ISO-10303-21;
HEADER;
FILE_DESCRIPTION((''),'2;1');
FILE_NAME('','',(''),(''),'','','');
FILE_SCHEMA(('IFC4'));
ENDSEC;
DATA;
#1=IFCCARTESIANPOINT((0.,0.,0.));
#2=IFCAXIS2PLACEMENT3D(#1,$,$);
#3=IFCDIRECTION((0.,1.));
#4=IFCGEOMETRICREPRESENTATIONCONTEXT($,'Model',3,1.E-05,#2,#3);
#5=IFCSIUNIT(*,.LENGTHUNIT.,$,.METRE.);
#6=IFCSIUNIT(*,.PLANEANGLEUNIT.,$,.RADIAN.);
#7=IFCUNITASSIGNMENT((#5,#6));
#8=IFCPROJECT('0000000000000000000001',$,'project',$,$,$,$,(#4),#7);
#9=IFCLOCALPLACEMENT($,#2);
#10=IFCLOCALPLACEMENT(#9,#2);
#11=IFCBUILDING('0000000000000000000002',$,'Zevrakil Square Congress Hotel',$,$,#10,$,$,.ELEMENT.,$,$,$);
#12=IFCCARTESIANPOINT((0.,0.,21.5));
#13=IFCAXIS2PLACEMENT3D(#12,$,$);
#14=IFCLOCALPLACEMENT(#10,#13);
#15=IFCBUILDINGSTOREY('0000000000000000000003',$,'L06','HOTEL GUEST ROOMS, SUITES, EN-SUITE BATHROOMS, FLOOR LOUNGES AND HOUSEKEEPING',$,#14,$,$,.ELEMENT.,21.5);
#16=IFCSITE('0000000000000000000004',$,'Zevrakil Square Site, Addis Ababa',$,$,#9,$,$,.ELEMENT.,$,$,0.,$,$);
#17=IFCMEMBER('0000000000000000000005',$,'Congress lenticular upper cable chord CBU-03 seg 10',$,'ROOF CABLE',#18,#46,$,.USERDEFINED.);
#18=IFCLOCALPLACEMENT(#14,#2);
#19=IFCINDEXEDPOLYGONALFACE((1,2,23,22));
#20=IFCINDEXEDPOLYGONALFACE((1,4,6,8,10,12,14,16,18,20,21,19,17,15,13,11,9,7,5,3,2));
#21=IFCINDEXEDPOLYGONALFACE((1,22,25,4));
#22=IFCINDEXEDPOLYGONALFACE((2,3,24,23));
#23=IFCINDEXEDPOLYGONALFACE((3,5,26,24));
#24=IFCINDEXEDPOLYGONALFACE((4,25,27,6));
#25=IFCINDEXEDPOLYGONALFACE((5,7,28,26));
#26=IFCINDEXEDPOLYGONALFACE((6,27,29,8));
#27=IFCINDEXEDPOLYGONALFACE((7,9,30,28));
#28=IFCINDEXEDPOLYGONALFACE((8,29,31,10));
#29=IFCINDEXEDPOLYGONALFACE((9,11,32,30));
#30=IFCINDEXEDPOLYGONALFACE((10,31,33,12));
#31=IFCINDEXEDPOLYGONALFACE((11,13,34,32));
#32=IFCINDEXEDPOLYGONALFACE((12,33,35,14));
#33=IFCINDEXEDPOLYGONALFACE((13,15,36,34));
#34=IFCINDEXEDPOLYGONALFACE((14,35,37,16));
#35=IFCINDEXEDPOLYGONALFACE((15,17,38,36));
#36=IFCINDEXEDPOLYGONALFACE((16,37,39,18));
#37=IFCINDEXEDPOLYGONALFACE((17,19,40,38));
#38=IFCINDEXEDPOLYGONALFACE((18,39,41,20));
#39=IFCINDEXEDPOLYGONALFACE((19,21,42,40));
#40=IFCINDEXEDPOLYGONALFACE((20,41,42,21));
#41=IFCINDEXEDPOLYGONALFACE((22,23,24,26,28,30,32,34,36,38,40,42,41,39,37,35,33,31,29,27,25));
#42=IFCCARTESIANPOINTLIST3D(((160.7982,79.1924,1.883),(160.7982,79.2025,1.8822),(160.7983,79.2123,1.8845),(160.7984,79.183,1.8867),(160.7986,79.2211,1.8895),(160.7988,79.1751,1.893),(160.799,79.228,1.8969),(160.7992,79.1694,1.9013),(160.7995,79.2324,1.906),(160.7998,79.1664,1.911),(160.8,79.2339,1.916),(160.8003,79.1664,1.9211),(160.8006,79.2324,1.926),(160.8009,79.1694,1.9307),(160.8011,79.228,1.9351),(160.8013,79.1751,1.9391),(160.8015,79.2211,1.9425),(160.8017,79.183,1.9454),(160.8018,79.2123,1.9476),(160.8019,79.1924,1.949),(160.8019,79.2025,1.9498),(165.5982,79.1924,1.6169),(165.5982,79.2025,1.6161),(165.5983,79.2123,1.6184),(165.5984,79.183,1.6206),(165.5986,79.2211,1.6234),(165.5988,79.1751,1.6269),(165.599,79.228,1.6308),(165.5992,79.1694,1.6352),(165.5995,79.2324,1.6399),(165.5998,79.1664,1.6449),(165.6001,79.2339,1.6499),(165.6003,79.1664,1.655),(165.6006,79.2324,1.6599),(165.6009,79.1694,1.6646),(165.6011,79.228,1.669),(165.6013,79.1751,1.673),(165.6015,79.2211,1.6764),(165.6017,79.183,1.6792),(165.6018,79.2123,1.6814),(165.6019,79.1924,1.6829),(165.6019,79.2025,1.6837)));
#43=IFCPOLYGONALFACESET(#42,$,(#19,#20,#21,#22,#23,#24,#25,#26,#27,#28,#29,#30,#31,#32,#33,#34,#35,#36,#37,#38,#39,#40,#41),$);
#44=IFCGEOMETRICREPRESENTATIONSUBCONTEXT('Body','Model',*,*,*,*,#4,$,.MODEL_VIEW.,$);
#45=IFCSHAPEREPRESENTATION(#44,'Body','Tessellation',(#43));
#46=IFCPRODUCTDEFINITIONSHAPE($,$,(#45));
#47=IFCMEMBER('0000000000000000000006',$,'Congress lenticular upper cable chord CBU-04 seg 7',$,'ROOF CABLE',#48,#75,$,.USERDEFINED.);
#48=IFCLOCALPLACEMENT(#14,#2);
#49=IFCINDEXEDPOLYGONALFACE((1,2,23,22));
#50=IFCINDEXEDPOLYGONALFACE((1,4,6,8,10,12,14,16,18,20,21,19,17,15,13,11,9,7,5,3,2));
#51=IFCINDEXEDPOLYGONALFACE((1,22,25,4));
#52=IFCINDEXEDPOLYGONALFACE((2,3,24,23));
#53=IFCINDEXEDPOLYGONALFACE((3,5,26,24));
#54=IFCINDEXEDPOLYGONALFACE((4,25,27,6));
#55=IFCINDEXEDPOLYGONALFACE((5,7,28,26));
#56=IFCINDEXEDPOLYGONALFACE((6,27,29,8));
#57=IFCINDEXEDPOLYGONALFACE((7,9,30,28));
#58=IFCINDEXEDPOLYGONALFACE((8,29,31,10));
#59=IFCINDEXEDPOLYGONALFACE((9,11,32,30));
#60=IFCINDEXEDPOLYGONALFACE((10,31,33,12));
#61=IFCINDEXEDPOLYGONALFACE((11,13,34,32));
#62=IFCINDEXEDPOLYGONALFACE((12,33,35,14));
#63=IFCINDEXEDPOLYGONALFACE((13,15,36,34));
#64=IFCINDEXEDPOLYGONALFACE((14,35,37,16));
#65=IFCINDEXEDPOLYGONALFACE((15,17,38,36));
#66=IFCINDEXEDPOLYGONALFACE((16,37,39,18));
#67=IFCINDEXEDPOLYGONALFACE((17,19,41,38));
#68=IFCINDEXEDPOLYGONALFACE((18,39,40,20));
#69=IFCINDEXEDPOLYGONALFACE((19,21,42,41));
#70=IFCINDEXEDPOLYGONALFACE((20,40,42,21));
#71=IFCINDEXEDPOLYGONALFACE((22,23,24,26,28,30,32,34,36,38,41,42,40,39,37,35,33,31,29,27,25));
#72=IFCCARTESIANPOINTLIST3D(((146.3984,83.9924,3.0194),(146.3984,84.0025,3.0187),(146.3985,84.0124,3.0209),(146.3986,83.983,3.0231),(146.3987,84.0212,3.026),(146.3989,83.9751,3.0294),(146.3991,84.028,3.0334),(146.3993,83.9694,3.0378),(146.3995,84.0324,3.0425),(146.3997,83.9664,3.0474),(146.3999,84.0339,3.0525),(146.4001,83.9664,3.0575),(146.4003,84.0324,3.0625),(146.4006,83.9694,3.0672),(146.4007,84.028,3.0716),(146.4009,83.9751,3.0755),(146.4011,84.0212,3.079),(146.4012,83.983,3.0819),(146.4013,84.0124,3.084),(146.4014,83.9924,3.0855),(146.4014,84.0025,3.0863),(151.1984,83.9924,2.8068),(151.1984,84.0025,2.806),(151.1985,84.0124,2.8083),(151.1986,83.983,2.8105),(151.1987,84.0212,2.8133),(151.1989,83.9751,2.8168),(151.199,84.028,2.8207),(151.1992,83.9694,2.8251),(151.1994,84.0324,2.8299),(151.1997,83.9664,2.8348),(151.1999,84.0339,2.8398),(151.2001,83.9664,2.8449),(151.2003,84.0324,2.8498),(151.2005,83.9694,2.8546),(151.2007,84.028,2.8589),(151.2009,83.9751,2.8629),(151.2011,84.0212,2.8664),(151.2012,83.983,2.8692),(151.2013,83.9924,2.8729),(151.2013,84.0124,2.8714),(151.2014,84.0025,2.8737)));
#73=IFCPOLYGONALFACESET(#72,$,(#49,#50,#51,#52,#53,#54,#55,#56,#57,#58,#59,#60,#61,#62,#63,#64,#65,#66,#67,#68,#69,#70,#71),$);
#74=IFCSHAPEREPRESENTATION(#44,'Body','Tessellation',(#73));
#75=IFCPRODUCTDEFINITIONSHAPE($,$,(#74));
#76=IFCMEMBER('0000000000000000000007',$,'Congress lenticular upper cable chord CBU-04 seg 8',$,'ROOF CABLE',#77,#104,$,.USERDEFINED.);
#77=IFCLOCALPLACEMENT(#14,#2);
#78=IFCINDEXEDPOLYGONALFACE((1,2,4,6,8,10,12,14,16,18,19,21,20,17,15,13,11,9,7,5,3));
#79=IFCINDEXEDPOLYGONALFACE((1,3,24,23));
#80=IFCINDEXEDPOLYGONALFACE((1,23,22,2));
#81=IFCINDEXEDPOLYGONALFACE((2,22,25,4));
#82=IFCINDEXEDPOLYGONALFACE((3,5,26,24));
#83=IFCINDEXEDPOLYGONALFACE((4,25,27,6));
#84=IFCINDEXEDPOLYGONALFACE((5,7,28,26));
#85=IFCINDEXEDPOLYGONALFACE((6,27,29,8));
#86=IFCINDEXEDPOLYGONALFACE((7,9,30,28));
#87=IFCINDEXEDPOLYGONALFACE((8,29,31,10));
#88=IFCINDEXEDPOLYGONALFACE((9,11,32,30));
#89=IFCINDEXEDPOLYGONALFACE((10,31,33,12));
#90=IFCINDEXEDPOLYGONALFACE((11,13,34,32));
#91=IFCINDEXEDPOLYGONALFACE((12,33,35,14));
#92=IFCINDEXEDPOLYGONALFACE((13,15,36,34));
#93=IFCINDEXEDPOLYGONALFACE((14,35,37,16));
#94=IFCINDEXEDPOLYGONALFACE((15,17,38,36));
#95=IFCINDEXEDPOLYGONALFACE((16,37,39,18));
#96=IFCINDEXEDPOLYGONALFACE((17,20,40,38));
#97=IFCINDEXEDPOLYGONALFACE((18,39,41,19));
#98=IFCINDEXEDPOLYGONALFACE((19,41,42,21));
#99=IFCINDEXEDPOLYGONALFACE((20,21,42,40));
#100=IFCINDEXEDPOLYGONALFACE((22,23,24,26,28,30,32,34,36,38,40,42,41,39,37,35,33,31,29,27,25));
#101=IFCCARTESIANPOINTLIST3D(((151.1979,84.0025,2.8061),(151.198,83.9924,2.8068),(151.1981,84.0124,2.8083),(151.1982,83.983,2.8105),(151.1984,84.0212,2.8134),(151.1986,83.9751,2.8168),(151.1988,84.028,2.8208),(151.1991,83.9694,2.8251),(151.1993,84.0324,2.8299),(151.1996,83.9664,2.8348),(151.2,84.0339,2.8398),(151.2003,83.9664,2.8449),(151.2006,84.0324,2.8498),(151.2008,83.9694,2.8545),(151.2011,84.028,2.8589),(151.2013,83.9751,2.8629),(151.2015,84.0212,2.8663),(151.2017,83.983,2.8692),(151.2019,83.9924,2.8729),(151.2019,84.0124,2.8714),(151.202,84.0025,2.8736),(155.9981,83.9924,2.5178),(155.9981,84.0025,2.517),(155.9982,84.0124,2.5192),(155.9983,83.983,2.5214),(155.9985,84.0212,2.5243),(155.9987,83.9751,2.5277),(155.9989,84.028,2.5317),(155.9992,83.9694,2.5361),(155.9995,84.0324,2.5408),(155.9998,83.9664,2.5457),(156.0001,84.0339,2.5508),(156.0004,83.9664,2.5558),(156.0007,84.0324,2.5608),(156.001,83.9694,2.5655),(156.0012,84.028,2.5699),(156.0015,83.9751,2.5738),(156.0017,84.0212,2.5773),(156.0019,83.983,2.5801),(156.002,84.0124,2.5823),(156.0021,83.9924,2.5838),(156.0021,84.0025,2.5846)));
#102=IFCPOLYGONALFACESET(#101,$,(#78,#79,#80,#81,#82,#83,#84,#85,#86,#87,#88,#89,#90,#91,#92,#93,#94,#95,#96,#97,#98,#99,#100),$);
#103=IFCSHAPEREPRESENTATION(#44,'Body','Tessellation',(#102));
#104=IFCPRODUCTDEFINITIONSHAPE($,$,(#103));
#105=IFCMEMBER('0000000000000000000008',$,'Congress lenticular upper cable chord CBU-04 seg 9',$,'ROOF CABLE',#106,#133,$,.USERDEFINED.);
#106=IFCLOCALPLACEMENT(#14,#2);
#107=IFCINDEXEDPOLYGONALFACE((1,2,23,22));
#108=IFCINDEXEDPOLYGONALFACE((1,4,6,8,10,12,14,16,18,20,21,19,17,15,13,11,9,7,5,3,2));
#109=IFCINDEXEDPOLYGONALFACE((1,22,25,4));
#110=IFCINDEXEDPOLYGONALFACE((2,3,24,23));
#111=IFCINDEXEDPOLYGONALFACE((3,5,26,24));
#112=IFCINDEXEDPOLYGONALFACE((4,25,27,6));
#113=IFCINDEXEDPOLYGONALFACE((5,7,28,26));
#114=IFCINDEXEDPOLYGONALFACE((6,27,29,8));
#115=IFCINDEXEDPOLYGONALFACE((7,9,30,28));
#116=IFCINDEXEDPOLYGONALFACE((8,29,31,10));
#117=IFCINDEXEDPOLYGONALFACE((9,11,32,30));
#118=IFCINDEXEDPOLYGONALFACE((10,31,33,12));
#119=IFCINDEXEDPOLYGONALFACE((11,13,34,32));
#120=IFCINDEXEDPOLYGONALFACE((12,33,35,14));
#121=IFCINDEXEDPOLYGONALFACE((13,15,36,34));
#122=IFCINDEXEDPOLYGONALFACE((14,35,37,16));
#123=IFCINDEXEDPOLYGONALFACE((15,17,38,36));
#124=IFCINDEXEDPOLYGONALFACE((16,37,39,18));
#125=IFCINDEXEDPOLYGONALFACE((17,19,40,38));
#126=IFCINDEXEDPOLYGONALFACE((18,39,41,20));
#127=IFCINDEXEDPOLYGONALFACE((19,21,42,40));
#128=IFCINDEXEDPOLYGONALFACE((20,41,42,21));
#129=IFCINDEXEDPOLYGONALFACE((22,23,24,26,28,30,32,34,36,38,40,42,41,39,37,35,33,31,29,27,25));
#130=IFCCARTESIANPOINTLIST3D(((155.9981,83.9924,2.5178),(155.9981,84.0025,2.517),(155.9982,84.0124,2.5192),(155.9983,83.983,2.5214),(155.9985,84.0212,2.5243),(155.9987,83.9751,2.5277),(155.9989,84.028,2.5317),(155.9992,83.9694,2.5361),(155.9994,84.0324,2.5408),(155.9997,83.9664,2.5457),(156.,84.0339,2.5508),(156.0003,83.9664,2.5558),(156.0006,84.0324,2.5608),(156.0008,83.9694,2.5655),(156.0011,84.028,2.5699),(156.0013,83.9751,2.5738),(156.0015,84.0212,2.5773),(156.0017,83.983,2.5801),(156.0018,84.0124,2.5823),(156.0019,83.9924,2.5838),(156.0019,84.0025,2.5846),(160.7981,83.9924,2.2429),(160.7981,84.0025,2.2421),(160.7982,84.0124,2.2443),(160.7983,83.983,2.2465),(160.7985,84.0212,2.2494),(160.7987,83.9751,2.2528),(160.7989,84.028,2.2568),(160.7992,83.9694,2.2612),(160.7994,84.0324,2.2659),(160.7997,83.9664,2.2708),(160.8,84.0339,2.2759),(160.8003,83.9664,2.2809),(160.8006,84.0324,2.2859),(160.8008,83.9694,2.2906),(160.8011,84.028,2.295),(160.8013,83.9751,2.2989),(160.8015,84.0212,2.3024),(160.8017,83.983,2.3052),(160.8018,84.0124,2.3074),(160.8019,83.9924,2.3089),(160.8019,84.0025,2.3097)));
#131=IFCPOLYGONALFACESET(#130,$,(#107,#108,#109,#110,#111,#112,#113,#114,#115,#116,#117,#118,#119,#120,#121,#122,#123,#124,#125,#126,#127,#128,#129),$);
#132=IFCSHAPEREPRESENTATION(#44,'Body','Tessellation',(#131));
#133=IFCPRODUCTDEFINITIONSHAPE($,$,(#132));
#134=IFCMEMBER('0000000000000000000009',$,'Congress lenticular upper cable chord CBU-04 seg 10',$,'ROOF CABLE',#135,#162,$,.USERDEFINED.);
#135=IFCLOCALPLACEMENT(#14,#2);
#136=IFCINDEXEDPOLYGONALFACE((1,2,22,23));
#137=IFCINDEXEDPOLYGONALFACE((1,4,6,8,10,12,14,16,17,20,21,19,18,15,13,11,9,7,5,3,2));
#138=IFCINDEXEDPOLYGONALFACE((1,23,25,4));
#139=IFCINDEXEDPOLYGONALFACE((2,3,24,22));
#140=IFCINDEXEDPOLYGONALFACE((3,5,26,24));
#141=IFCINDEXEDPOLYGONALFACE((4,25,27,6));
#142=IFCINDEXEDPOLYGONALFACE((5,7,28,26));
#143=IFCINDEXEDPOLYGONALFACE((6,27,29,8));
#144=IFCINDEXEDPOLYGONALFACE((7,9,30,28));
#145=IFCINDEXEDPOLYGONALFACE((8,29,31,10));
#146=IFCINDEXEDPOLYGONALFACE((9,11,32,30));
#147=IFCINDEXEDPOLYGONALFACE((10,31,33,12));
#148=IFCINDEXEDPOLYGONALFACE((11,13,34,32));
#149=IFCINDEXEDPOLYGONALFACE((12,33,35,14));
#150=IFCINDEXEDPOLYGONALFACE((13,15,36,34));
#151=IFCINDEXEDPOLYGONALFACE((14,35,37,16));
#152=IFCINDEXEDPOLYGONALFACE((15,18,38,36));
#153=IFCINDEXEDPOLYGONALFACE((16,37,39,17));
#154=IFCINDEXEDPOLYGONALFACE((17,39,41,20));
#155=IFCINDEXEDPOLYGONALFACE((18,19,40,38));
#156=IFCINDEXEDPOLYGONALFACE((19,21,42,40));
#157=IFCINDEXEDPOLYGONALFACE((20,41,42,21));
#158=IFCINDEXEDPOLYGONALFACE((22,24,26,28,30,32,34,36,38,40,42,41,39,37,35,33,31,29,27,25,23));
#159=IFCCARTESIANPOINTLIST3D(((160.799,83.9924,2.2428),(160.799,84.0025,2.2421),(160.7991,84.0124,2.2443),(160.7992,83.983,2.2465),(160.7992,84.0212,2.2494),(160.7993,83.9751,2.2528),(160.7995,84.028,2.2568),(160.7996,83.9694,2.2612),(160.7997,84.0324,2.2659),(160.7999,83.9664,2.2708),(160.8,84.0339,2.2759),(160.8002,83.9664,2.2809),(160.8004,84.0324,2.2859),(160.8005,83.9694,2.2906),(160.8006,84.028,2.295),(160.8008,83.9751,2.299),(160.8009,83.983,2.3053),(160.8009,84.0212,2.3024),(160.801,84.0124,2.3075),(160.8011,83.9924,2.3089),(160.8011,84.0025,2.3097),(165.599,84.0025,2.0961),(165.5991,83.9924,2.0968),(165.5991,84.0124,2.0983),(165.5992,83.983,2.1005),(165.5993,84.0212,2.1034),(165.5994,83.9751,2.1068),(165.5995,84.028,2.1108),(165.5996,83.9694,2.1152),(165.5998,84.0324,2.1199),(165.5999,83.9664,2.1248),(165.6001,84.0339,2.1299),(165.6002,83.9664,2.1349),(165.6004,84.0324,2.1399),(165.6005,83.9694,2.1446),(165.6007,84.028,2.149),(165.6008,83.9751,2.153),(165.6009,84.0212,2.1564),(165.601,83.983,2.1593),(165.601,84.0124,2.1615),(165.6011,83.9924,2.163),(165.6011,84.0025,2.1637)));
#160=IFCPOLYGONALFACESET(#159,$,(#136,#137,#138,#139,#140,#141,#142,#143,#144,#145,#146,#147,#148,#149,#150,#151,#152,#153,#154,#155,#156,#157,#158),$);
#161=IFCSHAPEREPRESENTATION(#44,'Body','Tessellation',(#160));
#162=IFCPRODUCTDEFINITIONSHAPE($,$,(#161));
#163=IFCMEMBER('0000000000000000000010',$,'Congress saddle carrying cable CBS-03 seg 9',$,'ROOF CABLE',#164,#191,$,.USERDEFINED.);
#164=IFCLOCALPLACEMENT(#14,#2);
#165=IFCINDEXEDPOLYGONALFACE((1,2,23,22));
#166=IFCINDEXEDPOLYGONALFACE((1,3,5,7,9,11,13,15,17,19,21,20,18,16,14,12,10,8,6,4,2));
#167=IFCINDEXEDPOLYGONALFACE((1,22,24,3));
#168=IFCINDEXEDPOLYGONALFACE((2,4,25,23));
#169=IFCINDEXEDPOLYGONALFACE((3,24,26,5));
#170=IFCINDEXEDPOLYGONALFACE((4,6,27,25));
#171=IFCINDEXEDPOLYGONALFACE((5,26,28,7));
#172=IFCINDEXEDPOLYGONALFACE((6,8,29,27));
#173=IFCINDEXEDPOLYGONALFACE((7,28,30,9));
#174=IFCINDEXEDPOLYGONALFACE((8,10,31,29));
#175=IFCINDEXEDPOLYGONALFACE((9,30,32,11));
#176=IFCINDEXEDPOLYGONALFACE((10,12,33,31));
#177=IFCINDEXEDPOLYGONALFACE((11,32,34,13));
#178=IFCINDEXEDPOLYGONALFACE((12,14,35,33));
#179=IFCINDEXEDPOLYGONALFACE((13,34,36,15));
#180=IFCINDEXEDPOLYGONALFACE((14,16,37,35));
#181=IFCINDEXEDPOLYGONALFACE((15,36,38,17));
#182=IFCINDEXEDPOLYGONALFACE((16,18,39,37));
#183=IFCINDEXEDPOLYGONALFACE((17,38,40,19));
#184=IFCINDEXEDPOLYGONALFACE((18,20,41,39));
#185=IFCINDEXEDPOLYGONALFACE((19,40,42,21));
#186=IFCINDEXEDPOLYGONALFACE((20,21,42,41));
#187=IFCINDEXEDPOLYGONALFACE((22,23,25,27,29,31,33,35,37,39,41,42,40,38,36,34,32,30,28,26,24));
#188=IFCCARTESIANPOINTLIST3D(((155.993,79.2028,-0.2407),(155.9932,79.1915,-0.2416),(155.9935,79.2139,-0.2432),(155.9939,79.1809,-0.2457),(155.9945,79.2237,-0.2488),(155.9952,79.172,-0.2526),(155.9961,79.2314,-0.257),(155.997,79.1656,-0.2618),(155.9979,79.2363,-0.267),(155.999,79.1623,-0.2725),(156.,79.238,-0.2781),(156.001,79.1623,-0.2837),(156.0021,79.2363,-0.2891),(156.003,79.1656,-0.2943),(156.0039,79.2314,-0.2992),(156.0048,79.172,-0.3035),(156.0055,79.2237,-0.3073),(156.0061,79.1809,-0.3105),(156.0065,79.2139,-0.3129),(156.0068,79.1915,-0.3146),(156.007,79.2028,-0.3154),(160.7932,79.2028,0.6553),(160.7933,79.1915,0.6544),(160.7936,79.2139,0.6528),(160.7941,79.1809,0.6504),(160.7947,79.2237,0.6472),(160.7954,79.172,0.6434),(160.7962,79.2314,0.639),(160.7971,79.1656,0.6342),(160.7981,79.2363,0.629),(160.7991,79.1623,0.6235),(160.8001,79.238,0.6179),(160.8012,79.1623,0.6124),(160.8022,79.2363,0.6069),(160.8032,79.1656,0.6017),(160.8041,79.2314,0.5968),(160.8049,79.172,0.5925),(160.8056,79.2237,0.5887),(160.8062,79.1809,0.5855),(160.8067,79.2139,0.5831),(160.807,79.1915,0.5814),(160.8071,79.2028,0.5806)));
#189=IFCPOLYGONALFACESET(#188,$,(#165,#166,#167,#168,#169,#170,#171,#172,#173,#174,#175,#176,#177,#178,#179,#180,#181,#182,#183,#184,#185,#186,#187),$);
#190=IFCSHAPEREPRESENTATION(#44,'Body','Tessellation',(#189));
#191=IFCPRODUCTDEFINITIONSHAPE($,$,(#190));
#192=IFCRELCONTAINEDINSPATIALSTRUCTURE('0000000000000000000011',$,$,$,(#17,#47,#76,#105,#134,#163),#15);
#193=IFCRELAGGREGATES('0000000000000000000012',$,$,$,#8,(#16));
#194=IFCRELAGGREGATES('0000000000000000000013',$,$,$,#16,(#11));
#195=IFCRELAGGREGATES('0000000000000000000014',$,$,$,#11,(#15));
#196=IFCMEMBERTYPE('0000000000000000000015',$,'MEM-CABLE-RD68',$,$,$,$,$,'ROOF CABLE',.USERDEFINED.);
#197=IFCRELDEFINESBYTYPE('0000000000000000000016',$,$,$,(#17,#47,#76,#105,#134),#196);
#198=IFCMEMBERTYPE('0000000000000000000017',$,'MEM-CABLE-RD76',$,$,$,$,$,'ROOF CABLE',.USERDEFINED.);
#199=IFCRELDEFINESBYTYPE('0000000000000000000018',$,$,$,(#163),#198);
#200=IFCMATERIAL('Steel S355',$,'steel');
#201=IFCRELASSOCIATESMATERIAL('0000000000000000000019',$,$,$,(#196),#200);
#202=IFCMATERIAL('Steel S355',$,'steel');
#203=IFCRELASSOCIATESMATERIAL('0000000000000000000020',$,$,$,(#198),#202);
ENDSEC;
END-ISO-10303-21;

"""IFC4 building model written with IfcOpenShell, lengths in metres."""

from ifc_helpers import new_model, si_unit, direction, frame, origin, origin_2d, place, context, subcontext, project, spatial, circle, extrude, material, material_profile, profile_set, type_object, element, save


model = new_model("IFC4")

# Units and contexts
model_context = context("Model", 3, precision=1e-05, world=origin(), true_north=direction((0.0, 1.0)))
body_context = subcontext(model_context, "Body", "Model", "MODEL_VIEW")
ifc_project = project(units=[si_unit("LENGTHUNIT", "METRE"), si_unit("PLANEANGLEUNIT", "RADIAN")], contexts=[model_context])

# Site, building, storey
site_placement = place(None, origin())
site = spatial("IfcSite", under=ifc_project, at=site_placement, Name="Zevrakil Square Site, Addis Ababa", CompositionType="ELEMENT", RefElevation=0.0)
building_placement = place(site_placement, origin())
building = spatial("IfcBuilding", under=site, at=building_placement, Name="Zevrakil Square Congress Hotel", CompositionType="ELEMENT")
storey_placement = place(building_placement, frame((0.0, 0.0, 21.5)))
storey = spatial("IfcBuildingStorey", under=building, at=storey_placement, Name="L06", Description="HOTEL GUEST ROOMS, SUITES, EN-SUITE BATHROOMS, FLOOR LOUNGES AND HOUSEKEEPING", CompositionType="ELEMENT", Elevation=21.5)

# Members
ifc_material_1 = material(Name="Steel S355", Category="steel")
ifc_material_profile_1 = material_profile(ifc_material_1, circle(Radius=0.0339, at=origin_2d()), Name="CABLE RD68")
ifc_profile_set_1 = profile_set([ifc_material_profile_1], Name="Steel S355")
member_type_1 = type_object("IfcMemberType", Name="MEM-CABLE-RD68", ElementType="ROOF CABLE", PredefinedType="USERDEFINED", material=ifc_profile_set_1)
member_1_placement = place(storey_placement, frame((160.8, 79.2, 1.916), z_axis=(0.998467, 0.0, -0.055355), x_axis=(0.0, 1.0, 0.0)))
element("IfcMember", 1, at=member_1_placement, inside=storey, type_object=member_type_1, Name="Congress lenticular upper cable chord CBU-03 seg 10", ObjectType="ROOF CABLE", PredefinedType="USERDEFINED", context=body_context, shape_type="SweptSolid", body=[
    extrude(circle(Radius=0.0339, at=origin_2d()), origin(), (0.0, 0.0, 1.0), 4.8074),
])
member_2_placement = place(storey_placement, frame((146.3999, 84.0, 3.0525), z_axis=(0.99902, 0.0, -0.044257), x_axis=(0.0, 1.0, 0.0)))
element("IfcMember", 2, at=member_2_placement, inside=storey, type_object=member_type_1, Name="Congress lenticular upper cable chord CBU-04 seg 7", ObjectType="ROOF CABLE", PredefinedType="USERDEFINED", context=body_context, shape_type="SweptSolid", body=[
    extrude(circle(Radius=0.0339, at=origin_2d()), origin(), (0.0, 0.0, 1.0), 4.8047),
])
member_3_placement = place(storey_placement, frame((151.2, 84.0, 2.8398), z_axis=(0.998192, 0.0, -0.060112), x_axis=(0.0, 1.0, 0.0)))
element("IfcMember", 3, at=member_3_placement, inside=storey, type_object=member_type_1, Name="Congress lenticular upper cable chord CBU-04 seg 8", ObjectType="ROOF CABLE", PredefinedType="USERDEFINED", context=body_context, shape_type="SweptSolid", body=[
    extrude(circle(Radius=0.0339, at=origin_2d()), origin(), (0.0, 0.0, 1.0), 4.8088),
])
member_4_placement = place(storey_placement, frame((156.0, 84.0, 2.5508), z_axis=(0.998364, 0.0, -0.057177), x_axis=(0.0, 1.0, 0.0)))
element("IfcMember", 4, at=member_4_placement, inside=storey, type_object=member_type_1, Name="Congress lenticular upper cable chord CBU-04 seg 9", ObjectType="ROOF CABLE", PredefinedType="USERDEFINED", context=body_context, shape_type="SweptSolid", body=[
    extrude(circle(Radius=0.0339, at=origin_2d()), origin(), (0.0, 0.0, 1.0), 4.8079),
])
member_5_placement = place(storey_placement, frame((160.8, 84.0, 2.2759), z_axis=(0.999538, 0.0, -0.030401), x_axis=(0.0, 1.0, 0.0)))
element("IfcMember", 5, at=member_5_placement, inside=storey, type_object=member_type_1, Name="Congress lenticular upper cable chord CBU-04 seg 10", ObjectType="ROOF CABLE", PredefinedType="USERDEFINED", context=body_context, shape_type="SweptSolid", body=[
    extrude(circle(Radius=0.0339, at=origin_2d()), origin(), (0.0, 0.0, 1.0), 4.8022),
])
ifc_material_2 = material(Name="Steel S355", Category="steel")
ifc_material_profile_2 = material_profile(ifc_material_2, circle(Radius=0.0381, at=origin_2d()), Name="CABLE RD76")
ifc_profile_set_2 = profile_set([ifc_material_profile_2], Name="Steel S355")
member_type_2 = type_object("IfcMemberType", Name="MEM-CABLE-RD76", ElementType="ROOF CABLE", PredefinedType="USERDEFINED", material=ifc_profile_set_2)
member_6_placement = place(storey_placement, frame((156.0, 79.2, -0.2781), z_axis=(0.983021, 0.0, 0.183495), x_axis=(0.0, 1.0, 0.0)))
element("IfcMember", 6, at=member_6_placement, inside=storey, type_object=member_type_2, Name="Congress saddle carrying cable CBS-03 seg 9", ObjectType="ROOF CABLE", PredefinedType="USERDEFINED", context=body_context, shape_type="SweptSolid", body=[
    extrude(circle(Radius=0.0381, at=origin_2d()), origin(), (0.0, 0.0, 1.0), 4.8831),
])

save(model, "model.ifc")
